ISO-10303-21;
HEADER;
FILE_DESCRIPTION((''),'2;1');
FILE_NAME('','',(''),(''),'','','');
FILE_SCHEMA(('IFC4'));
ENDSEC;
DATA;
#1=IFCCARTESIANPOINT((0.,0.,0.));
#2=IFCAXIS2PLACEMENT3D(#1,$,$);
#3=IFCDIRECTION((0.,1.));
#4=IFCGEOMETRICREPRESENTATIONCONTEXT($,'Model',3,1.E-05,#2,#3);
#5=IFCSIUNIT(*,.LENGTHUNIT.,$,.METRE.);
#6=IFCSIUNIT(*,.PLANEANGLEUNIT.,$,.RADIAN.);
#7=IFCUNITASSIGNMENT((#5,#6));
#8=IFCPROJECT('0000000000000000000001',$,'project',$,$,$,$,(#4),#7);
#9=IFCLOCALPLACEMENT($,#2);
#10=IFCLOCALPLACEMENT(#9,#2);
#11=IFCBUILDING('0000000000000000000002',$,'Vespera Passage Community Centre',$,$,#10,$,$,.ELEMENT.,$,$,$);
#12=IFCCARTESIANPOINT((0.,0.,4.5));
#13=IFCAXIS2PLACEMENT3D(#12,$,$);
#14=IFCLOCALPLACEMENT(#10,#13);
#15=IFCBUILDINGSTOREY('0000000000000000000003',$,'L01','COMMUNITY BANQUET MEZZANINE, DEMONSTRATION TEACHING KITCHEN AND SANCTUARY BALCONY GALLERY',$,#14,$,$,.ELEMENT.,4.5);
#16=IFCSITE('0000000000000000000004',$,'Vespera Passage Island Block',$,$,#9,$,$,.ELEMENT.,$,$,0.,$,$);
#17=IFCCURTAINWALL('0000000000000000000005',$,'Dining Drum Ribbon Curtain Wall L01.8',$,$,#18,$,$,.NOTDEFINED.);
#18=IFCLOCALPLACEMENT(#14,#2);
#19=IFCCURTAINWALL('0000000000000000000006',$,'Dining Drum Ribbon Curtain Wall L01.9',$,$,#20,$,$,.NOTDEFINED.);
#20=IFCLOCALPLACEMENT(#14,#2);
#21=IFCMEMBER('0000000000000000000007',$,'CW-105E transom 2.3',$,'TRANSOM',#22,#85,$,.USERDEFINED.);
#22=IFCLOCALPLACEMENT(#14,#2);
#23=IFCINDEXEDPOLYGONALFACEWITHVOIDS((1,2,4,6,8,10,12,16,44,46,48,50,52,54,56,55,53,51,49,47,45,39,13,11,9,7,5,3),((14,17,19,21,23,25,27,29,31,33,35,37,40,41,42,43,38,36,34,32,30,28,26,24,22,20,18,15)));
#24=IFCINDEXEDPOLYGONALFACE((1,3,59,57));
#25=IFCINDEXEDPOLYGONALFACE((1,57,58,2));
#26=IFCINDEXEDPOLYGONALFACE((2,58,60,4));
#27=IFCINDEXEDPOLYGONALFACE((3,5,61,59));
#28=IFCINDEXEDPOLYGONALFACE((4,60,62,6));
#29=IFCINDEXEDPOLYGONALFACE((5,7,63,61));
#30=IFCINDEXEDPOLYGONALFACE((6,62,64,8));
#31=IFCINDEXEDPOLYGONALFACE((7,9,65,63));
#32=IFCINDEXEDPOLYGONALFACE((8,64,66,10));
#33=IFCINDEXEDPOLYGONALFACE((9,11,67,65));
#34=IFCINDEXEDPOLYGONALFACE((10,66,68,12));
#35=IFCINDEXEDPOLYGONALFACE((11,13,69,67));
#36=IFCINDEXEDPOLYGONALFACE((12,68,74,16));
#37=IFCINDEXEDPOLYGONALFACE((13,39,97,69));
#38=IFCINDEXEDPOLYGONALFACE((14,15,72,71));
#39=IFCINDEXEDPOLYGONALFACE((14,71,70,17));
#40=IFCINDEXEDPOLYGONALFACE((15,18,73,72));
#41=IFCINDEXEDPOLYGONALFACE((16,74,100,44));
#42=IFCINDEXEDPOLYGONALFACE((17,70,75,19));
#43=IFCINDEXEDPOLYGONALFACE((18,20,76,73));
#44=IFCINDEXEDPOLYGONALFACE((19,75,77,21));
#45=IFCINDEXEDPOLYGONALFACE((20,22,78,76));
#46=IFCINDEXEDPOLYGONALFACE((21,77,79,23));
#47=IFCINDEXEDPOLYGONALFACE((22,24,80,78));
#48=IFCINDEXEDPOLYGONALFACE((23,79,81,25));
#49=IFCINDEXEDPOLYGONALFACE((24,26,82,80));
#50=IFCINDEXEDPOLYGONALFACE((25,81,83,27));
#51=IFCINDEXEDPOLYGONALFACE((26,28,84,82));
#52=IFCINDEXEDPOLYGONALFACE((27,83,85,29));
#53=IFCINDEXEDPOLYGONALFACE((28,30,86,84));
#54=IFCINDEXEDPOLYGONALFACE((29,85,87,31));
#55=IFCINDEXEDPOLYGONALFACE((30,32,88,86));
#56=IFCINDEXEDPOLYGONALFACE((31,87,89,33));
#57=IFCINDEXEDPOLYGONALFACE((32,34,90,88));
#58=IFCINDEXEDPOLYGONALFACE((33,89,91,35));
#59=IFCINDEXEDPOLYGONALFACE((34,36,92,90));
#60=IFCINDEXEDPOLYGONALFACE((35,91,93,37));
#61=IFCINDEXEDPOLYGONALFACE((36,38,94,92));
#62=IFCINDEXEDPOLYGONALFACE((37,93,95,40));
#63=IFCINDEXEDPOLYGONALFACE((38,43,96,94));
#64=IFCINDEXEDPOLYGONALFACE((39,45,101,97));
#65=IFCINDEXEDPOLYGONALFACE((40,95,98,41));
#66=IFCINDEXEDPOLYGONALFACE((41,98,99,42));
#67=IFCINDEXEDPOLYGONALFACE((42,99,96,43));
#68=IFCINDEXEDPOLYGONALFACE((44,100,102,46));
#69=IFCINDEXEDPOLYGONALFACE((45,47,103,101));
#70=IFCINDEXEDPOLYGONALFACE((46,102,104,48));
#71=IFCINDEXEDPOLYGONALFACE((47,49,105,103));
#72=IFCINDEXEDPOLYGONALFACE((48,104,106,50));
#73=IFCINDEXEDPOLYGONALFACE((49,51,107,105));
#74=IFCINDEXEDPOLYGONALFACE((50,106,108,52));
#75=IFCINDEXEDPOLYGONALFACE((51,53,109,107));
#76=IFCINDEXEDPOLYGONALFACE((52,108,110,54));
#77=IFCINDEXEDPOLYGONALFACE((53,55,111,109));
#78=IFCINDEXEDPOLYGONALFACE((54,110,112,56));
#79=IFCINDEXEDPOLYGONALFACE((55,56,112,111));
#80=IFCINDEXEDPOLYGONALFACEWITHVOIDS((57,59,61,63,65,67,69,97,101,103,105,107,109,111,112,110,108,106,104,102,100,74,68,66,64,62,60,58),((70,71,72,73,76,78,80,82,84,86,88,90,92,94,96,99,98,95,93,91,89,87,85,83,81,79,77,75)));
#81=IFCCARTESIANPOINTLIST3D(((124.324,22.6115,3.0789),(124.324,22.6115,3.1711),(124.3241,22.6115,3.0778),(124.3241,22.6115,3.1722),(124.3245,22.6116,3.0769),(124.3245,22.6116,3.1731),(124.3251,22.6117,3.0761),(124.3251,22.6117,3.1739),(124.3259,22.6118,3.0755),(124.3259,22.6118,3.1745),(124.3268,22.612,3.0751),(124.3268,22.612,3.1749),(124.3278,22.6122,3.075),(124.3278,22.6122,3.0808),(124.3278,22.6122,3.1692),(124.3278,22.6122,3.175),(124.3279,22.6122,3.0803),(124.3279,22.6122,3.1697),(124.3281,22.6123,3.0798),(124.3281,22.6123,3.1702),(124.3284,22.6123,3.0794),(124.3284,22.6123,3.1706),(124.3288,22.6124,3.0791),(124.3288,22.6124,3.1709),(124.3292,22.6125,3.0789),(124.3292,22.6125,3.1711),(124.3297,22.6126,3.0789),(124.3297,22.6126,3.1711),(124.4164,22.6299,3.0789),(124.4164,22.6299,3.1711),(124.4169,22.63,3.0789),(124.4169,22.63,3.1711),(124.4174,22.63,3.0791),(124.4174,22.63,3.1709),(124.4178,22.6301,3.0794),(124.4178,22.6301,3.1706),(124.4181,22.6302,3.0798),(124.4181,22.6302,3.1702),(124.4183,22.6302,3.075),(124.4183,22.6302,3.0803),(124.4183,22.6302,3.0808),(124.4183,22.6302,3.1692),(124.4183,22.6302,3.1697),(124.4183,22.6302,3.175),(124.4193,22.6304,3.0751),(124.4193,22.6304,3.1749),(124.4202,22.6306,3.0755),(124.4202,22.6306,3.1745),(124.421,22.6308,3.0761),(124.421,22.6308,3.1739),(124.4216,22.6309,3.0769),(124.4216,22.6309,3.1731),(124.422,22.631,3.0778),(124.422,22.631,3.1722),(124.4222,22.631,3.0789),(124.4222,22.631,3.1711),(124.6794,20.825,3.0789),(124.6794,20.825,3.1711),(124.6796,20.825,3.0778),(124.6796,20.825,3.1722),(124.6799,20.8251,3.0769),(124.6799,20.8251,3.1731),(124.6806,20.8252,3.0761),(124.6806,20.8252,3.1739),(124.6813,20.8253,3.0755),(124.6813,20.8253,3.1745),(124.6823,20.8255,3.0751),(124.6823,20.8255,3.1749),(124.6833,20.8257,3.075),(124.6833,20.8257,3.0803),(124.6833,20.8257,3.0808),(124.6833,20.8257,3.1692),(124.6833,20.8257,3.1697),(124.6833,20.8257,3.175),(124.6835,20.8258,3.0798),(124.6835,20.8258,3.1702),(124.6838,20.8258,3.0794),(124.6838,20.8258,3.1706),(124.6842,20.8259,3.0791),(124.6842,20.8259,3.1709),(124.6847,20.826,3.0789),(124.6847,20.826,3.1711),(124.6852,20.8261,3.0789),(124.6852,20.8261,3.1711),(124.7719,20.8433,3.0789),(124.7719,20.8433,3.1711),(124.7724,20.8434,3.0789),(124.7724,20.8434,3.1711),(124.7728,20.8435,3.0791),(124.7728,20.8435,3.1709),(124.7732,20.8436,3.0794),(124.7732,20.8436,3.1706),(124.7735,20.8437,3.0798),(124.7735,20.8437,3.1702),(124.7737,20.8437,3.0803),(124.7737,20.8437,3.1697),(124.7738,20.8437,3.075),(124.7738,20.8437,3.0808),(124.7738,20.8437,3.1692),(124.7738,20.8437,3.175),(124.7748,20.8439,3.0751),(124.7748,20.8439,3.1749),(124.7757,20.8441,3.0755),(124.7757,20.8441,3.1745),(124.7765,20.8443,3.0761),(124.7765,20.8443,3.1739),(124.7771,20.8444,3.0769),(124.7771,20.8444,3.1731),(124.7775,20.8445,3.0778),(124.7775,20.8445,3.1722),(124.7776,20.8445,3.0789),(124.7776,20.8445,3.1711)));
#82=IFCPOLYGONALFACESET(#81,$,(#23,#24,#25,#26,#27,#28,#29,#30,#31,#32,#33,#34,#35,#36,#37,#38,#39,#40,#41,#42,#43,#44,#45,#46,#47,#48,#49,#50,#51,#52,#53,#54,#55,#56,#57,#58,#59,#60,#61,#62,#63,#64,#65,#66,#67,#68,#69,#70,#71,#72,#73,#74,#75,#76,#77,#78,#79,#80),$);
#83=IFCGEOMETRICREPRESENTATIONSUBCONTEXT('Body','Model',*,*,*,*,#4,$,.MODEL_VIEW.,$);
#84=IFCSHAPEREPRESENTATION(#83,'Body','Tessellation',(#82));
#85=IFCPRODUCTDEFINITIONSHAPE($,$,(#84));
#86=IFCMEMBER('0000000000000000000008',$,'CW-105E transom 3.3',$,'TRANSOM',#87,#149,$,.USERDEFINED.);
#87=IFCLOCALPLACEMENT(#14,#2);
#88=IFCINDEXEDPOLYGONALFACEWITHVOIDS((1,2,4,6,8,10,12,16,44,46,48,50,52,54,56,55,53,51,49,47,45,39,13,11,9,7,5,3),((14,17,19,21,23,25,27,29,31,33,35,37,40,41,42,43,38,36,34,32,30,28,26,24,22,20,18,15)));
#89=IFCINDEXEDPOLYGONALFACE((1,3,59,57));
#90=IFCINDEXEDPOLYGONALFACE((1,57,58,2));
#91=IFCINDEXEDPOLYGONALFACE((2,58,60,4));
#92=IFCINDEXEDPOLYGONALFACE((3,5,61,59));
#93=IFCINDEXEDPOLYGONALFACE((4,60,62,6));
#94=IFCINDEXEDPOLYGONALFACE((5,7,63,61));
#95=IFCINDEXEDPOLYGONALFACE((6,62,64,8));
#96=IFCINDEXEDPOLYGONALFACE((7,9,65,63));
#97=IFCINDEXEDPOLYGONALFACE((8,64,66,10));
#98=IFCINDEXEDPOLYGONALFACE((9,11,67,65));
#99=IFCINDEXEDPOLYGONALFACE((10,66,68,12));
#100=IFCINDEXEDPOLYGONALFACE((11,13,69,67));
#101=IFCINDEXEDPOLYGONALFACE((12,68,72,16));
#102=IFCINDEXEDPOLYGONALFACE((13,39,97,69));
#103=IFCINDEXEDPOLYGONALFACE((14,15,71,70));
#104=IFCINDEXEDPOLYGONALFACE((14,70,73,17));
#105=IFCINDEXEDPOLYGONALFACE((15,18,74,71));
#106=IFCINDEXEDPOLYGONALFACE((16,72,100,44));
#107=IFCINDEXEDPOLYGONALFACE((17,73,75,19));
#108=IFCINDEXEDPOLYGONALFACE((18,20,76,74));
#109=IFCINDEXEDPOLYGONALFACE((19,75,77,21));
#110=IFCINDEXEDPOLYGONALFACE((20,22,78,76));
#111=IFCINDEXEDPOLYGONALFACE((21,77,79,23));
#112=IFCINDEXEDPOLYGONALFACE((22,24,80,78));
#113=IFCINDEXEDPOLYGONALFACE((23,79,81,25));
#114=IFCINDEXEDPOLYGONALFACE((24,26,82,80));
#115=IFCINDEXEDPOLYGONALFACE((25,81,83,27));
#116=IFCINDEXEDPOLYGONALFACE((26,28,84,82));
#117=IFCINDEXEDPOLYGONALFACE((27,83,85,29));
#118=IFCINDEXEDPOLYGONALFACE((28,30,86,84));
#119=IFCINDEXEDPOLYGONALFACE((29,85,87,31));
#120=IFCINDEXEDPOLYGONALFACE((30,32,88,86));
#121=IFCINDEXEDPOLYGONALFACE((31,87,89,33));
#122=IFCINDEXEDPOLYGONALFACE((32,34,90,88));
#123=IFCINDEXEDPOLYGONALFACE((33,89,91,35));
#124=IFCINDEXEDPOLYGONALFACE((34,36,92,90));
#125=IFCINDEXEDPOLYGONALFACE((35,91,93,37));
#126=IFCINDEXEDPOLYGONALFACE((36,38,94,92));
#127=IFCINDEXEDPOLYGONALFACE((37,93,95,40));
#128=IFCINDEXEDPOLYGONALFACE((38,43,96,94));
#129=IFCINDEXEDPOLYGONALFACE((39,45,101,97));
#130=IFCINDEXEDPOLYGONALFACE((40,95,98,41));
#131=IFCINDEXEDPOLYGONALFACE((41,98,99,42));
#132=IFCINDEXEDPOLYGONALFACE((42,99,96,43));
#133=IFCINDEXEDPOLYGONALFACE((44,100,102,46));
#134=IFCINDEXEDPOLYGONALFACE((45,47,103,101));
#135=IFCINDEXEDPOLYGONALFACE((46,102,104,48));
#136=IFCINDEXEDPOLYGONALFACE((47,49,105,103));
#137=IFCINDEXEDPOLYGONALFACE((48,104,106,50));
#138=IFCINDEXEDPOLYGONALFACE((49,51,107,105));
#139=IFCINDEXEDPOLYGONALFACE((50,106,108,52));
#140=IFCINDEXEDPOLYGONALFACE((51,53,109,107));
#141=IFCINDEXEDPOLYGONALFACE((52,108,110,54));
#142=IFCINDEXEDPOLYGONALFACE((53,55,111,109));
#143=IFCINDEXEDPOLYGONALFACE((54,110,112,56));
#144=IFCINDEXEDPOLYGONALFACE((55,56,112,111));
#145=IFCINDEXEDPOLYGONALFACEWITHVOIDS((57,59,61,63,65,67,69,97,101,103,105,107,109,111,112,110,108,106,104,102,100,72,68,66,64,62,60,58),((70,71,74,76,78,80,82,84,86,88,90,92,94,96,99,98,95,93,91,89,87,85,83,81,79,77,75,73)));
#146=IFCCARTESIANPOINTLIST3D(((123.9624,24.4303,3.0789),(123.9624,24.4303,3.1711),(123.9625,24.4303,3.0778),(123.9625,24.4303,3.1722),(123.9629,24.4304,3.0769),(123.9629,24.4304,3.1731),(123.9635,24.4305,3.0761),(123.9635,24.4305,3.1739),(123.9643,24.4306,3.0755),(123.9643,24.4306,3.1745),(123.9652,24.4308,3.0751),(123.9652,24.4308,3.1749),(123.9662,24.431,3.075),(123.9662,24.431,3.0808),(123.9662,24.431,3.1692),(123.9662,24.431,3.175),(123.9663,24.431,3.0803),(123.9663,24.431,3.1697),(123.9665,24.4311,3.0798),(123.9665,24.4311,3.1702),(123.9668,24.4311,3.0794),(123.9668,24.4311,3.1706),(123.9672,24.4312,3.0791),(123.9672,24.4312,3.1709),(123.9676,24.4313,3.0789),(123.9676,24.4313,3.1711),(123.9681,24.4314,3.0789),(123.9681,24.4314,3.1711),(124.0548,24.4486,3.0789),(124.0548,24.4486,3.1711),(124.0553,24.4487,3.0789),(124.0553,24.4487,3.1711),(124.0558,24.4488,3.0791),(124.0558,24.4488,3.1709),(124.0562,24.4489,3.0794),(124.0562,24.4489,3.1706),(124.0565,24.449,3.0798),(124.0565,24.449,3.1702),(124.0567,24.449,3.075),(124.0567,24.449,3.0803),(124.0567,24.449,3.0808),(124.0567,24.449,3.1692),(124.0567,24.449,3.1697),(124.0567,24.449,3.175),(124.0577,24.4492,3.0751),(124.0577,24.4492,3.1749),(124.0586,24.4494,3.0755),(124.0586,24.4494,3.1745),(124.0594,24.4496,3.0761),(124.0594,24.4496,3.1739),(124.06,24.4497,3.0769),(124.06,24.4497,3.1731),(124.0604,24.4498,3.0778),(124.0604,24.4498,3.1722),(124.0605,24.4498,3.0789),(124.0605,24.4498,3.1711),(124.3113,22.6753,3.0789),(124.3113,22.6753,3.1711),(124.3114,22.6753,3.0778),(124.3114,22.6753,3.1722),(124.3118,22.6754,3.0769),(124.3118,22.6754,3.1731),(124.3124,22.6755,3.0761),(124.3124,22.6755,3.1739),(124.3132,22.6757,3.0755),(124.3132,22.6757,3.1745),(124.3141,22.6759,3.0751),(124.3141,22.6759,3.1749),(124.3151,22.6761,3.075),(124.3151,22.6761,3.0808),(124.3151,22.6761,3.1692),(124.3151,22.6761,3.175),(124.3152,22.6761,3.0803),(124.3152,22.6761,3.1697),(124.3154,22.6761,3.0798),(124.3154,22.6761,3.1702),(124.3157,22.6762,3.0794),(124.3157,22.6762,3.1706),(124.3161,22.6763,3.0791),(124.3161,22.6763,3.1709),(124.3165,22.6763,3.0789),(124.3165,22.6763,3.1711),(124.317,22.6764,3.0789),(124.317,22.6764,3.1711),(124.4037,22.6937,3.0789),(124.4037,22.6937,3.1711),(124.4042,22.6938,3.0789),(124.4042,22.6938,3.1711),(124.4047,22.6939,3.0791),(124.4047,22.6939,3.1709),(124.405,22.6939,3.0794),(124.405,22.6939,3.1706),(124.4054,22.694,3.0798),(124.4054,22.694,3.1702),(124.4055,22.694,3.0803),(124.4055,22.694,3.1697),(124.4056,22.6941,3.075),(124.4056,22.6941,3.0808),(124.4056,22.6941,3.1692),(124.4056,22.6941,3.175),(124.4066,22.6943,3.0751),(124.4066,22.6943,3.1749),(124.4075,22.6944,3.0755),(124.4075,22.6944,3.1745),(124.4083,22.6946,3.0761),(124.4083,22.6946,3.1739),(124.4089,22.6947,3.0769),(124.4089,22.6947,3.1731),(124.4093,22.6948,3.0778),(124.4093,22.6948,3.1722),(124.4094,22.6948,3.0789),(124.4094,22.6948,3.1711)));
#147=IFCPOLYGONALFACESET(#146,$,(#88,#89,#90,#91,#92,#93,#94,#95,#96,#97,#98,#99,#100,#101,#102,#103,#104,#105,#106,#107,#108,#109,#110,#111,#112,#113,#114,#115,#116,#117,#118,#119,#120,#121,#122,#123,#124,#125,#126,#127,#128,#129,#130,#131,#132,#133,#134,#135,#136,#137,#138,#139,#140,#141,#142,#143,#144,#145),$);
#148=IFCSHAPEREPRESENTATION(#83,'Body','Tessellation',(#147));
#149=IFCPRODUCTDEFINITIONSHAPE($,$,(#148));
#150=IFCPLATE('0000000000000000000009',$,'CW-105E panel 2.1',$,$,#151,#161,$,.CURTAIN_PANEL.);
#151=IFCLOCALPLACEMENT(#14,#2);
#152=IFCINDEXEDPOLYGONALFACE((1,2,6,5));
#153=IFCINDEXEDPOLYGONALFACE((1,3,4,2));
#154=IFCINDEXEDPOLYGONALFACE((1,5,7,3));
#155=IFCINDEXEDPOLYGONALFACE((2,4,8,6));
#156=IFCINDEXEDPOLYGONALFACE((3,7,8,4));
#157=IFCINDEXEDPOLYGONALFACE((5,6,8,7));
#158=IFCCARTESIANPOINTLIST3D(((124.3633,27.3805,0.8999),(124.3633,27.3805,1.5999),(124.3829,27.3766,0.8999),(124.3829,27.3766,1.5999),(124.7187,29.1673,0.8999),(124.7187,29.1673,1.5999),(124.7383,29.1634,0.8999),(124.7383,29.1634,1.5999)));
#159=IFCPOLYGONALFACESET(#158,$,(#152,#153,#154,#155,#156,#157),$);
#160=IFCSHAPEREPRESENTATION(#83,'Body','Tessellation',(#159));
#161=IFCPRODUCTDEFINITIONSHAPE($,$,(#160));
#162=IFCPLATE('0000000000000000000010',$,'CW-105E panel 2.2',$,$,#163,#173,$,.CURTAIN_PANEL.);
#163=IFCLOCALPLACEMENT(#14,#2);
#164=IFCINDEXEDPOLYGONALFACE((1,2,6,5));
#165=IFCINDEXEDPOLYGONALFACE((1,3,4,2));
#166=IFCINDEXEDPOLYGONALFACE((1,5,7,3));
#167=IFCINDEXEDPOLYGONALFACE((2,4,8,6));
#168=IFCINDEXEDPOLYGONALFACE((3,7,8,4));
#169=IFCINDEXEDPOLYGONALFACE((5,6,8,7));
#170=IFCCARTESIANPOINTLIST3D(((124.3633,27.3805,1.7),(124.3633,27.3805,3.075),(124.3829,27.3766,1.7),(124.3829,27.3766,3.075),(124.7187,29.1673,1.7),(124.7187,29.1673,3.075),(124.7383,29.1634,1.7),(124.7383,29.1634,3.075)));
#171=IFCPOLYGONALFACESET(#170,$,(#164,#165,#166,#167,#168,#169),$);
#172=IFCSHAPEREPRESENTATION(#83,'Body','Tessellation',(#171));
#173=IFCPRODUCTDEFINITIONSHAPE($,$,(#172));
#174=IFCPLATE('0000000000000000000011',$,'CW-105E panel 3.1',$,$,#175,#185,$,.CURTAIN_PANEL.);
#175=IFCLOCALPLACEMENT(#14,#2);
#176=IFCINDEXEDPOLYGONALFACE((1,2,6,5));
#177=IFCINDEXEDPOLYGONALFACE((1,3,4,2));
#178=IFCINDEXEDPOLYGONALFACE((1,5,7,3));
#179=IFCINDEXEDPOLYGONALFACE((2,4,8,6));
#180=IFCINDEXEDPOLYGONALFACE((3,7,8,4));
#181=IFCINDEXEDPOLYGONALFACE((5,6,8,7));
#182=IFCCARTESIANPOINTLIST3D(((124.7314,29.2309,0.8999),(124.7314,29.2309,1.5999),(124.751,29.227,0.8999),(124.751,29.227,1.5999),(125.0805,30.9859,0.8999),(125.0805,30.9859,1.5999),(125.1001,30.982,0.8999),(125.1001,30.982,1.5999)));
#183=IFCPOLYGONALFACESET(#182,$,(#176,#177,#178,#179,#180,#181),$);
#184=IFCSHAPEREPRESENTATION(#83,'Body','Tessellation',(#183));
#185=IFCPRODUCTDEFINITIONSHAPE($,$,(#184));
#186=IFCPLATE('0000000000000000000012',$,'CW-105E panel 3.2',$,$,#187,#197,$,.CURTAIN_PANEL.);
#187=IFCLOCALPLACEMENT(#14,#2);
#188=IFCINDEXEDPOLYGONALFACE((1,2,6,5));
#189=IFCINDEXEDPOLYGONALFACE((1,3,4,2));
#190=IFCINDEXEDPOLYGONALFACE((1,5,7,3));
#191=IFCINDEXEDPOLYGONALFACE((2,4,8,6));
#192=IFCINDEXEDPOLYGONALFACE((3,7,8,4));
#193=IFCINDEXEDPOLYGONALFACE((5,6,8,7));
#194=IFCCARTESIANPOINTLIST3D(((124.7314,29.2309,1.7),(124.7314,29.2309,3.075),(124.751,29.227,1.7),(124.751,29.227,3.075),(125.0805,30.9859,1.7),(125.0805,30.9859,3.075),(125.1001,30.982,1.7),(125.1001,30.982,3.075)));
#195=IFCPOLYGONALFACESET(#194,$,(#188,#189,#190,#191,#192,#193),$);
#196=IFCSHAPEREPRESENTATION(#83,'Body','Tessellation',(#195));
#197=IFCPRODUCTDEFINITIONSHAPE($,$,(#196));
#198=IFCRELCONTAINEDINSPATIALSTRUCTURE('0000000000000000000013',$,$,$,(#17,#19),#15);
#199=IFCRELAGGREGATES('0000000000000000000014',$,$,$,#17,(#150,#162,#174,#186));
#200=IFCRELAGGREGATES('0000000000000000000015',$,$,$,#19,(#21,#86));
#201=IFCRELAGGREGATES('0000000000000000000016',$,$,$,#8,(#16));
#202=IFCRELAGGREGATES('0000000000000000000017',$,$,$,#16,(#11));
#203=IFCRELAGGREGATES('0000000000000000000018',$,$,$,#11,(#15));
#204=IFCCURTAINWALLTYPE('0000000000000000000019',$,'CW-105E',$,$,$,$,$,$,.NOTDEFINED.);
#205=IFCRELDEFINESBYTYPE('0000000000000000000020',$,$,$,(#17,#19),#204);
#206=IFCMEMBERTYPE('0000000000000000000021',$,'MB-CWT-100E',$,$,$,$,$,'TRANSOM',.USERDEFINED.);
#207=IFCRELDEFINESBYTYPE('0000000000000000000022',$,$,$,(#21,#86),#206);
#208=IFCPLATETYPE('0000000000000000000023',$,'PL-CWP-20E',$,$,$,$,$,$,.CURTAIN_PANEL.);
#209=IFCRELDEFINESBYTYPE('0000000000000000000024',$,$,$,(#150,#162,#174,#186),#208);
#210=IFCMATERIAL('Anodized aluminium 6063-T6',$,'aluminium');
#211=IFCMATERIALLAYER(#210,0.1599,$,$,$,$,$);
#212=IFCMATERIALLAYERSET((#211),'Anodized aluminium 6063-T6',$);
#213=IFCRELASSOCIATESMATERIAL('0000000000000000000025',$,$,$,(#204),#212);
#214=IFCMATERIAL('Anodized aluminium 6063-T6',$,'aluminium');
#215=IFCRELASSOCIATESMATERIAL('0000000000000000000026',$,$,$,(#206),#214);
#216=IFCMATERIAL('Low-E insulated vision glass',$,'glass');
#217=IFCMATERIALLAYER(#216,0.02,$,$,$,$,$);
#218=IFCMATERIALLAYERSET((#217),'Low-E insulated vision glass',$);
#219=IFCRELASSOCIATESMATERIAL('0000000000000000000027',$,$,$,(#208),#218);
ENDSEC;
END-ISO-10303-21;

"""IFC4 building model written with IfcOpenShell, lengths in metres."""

from ifc_helpers import new_model, si_unit, direction, frame, origin, origin_2d, place, context, subcontext, project, spatial, rectangle, hollow_rectangle, extrude, material, layer, layer_set, material_profile, profile_set, type_object, element, aggregate, save


model = new_model("IFC4")

# Units and contexts
model_context = context("Model", 3, precision=1e-05, world=origin(), true_north=direction((0.0, 1.0)))
body_context = subcontext(model_context, "Body", "Model", "MODEL_VIEW")
ifc_project = project(units=[si_unit("LENGTHUNIT", "METRE"), si_unit("PLANEANGLEUNIT", "RADIAN")], contexts=[model_context])

# Site, building, storey
site_placement = place(None, origin())
site = spatial("IfcSite", under=ifc_project, at=site_placement, Name="Vespera Passage Island Block", CompositionType="ELEMENT", RefElevation=0.0)
building_placement = place(site_placement, origin())
building = spatial("IfcBuilding", under=site, at=building_placement, Name="Vespera Passage Community Centre", CompositionType="ELEMENT")
storey_placement = place(building_placement, frame((0.0, 0.0, 4.5)))
storey = spatial("IfcBuildingStorey", under=building, at=storey_placement, Name="L01", Description="COMMUNITY BANQUET MEZZANINE, DEMONSTRATION TEACHING KITCHEN AND SANCTUARY BALCONY GALLERY", CompositionType="ELEMENT", Elevation=4.5)

# Curtain walls
ifc_material_1 = material(Name="Anodized aluminium 6063-T6", Category="aluminium")
ifc_layer_1 = layer(ifc_material_1, 0.1599)
ifc_layer_set_1 = layer_set([ifc_layer_1], Name="Anodized aluminium 6063-T6")
curtain_wall_type = type_object("IfcCurtainWallType", Name="CW-105E", PredefinedType="NOTDEFINED", material=ifc_layer_set_1)
curtain_wall_1_placement = place(storey_placement, origin())
curtain_wall_1 = element("IfcCurtainWall", 1, at=curtain_wall_1_placement, inside=storey, type_object=curtain_wall_type, Name="Dining Drum Ribbon Curtain Wall L01.8", PredefinedType="NOTDEFINED")
curtain_wall_2_placement = place(storey_placement, origin())
curtain_wall_2 = element("IfcCurtainWall", 2, at=curtain_wall_2_placement, inside=storey, type_object=curtain_wall_type, Name="Dining Drum Ribbon Curtain Wall L01.9", PredefinedType="NOTDEFINED")

# Members
ifc_material_2 = material(Name="Anodized aluminium 6063-T6", Category="aluminium")
ifc_material_profile_1 = material_profile(ifc_material_2, hollow_rectangle(XDim=0.1001, YDim=0.1001, WallThickness=0.0039, InnerFilletRadius=0.002, OuterFilletRadius=0.0039, at=origin_2d()), Name="ALU100X100X4")
ifc_profile_set_1 = profile_set([ifc_material_profile_1], Name="Anodized aluminium 6063-T6")
member_type_1 = type_object("IfcMemberType", Name="MB-CWT-100E", ElementType="TRANSOM", PredefinedType="USERDEFINED", material=ifc_profile_set_1)
member_1_placement = place(storey_placement, frame((124.7285, 20.8347, 3.125), z_axis=(-0.195137, 0.980776, 0.0), x_axis=(-0.980776, -0.195137, 0.0)))
member_1 = element("IfcMember", 3, at=member_1_placement, type_object=member_type_1, Name="CW-105E transom 2.3", ObjectType="TRANSOM", PredefinedType="USERDEFINED", context=body_context, shape_type="SweptSolid", body=[
    extrude(hollow_rectangle(XDim=0.1001, YDim=0.1001, WallThickness=0.0039, InnerFilletRadius=0.002, OuterFilletRadius=0.0039, at=origin_2d()), origin(), (0.0, 0.0, 1.0), 1.8215),
])
member_2_placement = place(storey_placement, frame((124.3604, 22.6851, 3.125), z_axis=(-0.194988, 0.980806, 0.0), x_axis=(-0.980806, -0.194988, 0.0)))
member_2 = element("IfcMember", 4, at=member_2_placement, type_object=member_type_1, Name="CW-105E transom 3.3", ObjectType="TRANSOM", PredefinedType="USERDEFINED", context=body_context, shape_type="SweptSolid", body=[
    extrude(hollow_rectangle(XDim=0.1001, YDim=0.1001, WallThickness=0.0039, InnerFilletRadius=0.002, OuterFilletRadius=0.0039, at=origin_2d()), origin(), (0.0, 0.0, 1.0), 1.7893),
])

# Plates
ifc_material_3 = material(Name="Low-E insulated vision glass", Category="glass")
ifc_layer_2 = layer(ifc_material_3, 0.02)
ifc_layer_set_2 = layer_set([ifc_layer_2], Name="Low-E insulated vision glass")
plate_type = type_object("IfcPlateType", Name="PL-CWP-20E", PredefinedType="CURTAIN_PANEL", material=ifc_layer_set_2)
plate_1_placement = place(storey_placement, frame((124.5508, 28.272, 0.8999), z_axis=(0.0, 0.0, 1.0), x_axis=(0.195097, 0.980784, 0.0)))
plate_1 = element("IfcPlate", 5, at=plate_1_placement, type_object=plate_type, Name="CW-105E panel 2.1", PredefinedType="CURTAIN_PANEL", context=body_context, shape_type="SweptSolid", body=[
    extrude(rectangle(XDim=1.8218, YDim=0.02, at=origin_2d()), origin(), (0.0, 0.0, 1.0), 0.7),
])
plate_2_placement = place(storey_placement, frame((124.5508, 28.272, 1.7), z_axis=(0.0, 0.0, 1.0), x_axis=(0.195097, 0.980784, 0.0)))
plate_2 = element("IfcPlate", 6, at=plate_2_placement, type_object=plate_type, Name="CW-105E panel 2.2", PredefinedType="CURTAIN_PANEL", context=body_context, shape_type="SweptSolid", body=[
    extrude(rectangle(XDim=1.8218, YDim=0.02, at=origin_2d()), origin(), (0.0, 0.0, 1.0), 1.375),
])
plate_3_placement = place(storey_placement, frame((124.9158, 30.1064, 0.8999), z_axis=(0.0, 0.0, 1.0), x_axis=(0.195097, 0.980784, 0.0)))
plate_3 = element("IfcPlate", 7, at=plate_3_placement, type_object=plate_type, Name="CW-105E panel 3.1", PredefinedType="CURTAIN_PANEL", context=body_context, shape_type="SweptSolid", body=[
    extrude(rectangle(XDim=1.7893, YDim=0.02, at=origin_2d()), origin(), (0.0, 0.0, 1.0), 0.7),
])
plate_4_placement = place(storey_placement, frame((124.9158, 30.1064, 1.7), z_axis=(0.0, 0.0, 1.0), x_axis=(0.195097, 0.980784, 0.0)))
plate_4 = element("IfcPlate", 8, at=plate_4_placement, type_object=plate_type, Name="CW-105E panel 3.2", PredefinedType="CURTAIN_PANEL", context=body_context, shape_type="SweptSolid", body=[
    extrude(rectangle(XDim=1.7893, YDim=0.02, at=origin_2d()), origin(), (0.0, 0.0, 1.0), 1.375),
])
aggregate(curtain_wall_1, [plate_1, plate_2, plate_3, plate_4])
aggregate(curtain_wall_2, [member_1, member_2])

save(model, "model.ifc")
